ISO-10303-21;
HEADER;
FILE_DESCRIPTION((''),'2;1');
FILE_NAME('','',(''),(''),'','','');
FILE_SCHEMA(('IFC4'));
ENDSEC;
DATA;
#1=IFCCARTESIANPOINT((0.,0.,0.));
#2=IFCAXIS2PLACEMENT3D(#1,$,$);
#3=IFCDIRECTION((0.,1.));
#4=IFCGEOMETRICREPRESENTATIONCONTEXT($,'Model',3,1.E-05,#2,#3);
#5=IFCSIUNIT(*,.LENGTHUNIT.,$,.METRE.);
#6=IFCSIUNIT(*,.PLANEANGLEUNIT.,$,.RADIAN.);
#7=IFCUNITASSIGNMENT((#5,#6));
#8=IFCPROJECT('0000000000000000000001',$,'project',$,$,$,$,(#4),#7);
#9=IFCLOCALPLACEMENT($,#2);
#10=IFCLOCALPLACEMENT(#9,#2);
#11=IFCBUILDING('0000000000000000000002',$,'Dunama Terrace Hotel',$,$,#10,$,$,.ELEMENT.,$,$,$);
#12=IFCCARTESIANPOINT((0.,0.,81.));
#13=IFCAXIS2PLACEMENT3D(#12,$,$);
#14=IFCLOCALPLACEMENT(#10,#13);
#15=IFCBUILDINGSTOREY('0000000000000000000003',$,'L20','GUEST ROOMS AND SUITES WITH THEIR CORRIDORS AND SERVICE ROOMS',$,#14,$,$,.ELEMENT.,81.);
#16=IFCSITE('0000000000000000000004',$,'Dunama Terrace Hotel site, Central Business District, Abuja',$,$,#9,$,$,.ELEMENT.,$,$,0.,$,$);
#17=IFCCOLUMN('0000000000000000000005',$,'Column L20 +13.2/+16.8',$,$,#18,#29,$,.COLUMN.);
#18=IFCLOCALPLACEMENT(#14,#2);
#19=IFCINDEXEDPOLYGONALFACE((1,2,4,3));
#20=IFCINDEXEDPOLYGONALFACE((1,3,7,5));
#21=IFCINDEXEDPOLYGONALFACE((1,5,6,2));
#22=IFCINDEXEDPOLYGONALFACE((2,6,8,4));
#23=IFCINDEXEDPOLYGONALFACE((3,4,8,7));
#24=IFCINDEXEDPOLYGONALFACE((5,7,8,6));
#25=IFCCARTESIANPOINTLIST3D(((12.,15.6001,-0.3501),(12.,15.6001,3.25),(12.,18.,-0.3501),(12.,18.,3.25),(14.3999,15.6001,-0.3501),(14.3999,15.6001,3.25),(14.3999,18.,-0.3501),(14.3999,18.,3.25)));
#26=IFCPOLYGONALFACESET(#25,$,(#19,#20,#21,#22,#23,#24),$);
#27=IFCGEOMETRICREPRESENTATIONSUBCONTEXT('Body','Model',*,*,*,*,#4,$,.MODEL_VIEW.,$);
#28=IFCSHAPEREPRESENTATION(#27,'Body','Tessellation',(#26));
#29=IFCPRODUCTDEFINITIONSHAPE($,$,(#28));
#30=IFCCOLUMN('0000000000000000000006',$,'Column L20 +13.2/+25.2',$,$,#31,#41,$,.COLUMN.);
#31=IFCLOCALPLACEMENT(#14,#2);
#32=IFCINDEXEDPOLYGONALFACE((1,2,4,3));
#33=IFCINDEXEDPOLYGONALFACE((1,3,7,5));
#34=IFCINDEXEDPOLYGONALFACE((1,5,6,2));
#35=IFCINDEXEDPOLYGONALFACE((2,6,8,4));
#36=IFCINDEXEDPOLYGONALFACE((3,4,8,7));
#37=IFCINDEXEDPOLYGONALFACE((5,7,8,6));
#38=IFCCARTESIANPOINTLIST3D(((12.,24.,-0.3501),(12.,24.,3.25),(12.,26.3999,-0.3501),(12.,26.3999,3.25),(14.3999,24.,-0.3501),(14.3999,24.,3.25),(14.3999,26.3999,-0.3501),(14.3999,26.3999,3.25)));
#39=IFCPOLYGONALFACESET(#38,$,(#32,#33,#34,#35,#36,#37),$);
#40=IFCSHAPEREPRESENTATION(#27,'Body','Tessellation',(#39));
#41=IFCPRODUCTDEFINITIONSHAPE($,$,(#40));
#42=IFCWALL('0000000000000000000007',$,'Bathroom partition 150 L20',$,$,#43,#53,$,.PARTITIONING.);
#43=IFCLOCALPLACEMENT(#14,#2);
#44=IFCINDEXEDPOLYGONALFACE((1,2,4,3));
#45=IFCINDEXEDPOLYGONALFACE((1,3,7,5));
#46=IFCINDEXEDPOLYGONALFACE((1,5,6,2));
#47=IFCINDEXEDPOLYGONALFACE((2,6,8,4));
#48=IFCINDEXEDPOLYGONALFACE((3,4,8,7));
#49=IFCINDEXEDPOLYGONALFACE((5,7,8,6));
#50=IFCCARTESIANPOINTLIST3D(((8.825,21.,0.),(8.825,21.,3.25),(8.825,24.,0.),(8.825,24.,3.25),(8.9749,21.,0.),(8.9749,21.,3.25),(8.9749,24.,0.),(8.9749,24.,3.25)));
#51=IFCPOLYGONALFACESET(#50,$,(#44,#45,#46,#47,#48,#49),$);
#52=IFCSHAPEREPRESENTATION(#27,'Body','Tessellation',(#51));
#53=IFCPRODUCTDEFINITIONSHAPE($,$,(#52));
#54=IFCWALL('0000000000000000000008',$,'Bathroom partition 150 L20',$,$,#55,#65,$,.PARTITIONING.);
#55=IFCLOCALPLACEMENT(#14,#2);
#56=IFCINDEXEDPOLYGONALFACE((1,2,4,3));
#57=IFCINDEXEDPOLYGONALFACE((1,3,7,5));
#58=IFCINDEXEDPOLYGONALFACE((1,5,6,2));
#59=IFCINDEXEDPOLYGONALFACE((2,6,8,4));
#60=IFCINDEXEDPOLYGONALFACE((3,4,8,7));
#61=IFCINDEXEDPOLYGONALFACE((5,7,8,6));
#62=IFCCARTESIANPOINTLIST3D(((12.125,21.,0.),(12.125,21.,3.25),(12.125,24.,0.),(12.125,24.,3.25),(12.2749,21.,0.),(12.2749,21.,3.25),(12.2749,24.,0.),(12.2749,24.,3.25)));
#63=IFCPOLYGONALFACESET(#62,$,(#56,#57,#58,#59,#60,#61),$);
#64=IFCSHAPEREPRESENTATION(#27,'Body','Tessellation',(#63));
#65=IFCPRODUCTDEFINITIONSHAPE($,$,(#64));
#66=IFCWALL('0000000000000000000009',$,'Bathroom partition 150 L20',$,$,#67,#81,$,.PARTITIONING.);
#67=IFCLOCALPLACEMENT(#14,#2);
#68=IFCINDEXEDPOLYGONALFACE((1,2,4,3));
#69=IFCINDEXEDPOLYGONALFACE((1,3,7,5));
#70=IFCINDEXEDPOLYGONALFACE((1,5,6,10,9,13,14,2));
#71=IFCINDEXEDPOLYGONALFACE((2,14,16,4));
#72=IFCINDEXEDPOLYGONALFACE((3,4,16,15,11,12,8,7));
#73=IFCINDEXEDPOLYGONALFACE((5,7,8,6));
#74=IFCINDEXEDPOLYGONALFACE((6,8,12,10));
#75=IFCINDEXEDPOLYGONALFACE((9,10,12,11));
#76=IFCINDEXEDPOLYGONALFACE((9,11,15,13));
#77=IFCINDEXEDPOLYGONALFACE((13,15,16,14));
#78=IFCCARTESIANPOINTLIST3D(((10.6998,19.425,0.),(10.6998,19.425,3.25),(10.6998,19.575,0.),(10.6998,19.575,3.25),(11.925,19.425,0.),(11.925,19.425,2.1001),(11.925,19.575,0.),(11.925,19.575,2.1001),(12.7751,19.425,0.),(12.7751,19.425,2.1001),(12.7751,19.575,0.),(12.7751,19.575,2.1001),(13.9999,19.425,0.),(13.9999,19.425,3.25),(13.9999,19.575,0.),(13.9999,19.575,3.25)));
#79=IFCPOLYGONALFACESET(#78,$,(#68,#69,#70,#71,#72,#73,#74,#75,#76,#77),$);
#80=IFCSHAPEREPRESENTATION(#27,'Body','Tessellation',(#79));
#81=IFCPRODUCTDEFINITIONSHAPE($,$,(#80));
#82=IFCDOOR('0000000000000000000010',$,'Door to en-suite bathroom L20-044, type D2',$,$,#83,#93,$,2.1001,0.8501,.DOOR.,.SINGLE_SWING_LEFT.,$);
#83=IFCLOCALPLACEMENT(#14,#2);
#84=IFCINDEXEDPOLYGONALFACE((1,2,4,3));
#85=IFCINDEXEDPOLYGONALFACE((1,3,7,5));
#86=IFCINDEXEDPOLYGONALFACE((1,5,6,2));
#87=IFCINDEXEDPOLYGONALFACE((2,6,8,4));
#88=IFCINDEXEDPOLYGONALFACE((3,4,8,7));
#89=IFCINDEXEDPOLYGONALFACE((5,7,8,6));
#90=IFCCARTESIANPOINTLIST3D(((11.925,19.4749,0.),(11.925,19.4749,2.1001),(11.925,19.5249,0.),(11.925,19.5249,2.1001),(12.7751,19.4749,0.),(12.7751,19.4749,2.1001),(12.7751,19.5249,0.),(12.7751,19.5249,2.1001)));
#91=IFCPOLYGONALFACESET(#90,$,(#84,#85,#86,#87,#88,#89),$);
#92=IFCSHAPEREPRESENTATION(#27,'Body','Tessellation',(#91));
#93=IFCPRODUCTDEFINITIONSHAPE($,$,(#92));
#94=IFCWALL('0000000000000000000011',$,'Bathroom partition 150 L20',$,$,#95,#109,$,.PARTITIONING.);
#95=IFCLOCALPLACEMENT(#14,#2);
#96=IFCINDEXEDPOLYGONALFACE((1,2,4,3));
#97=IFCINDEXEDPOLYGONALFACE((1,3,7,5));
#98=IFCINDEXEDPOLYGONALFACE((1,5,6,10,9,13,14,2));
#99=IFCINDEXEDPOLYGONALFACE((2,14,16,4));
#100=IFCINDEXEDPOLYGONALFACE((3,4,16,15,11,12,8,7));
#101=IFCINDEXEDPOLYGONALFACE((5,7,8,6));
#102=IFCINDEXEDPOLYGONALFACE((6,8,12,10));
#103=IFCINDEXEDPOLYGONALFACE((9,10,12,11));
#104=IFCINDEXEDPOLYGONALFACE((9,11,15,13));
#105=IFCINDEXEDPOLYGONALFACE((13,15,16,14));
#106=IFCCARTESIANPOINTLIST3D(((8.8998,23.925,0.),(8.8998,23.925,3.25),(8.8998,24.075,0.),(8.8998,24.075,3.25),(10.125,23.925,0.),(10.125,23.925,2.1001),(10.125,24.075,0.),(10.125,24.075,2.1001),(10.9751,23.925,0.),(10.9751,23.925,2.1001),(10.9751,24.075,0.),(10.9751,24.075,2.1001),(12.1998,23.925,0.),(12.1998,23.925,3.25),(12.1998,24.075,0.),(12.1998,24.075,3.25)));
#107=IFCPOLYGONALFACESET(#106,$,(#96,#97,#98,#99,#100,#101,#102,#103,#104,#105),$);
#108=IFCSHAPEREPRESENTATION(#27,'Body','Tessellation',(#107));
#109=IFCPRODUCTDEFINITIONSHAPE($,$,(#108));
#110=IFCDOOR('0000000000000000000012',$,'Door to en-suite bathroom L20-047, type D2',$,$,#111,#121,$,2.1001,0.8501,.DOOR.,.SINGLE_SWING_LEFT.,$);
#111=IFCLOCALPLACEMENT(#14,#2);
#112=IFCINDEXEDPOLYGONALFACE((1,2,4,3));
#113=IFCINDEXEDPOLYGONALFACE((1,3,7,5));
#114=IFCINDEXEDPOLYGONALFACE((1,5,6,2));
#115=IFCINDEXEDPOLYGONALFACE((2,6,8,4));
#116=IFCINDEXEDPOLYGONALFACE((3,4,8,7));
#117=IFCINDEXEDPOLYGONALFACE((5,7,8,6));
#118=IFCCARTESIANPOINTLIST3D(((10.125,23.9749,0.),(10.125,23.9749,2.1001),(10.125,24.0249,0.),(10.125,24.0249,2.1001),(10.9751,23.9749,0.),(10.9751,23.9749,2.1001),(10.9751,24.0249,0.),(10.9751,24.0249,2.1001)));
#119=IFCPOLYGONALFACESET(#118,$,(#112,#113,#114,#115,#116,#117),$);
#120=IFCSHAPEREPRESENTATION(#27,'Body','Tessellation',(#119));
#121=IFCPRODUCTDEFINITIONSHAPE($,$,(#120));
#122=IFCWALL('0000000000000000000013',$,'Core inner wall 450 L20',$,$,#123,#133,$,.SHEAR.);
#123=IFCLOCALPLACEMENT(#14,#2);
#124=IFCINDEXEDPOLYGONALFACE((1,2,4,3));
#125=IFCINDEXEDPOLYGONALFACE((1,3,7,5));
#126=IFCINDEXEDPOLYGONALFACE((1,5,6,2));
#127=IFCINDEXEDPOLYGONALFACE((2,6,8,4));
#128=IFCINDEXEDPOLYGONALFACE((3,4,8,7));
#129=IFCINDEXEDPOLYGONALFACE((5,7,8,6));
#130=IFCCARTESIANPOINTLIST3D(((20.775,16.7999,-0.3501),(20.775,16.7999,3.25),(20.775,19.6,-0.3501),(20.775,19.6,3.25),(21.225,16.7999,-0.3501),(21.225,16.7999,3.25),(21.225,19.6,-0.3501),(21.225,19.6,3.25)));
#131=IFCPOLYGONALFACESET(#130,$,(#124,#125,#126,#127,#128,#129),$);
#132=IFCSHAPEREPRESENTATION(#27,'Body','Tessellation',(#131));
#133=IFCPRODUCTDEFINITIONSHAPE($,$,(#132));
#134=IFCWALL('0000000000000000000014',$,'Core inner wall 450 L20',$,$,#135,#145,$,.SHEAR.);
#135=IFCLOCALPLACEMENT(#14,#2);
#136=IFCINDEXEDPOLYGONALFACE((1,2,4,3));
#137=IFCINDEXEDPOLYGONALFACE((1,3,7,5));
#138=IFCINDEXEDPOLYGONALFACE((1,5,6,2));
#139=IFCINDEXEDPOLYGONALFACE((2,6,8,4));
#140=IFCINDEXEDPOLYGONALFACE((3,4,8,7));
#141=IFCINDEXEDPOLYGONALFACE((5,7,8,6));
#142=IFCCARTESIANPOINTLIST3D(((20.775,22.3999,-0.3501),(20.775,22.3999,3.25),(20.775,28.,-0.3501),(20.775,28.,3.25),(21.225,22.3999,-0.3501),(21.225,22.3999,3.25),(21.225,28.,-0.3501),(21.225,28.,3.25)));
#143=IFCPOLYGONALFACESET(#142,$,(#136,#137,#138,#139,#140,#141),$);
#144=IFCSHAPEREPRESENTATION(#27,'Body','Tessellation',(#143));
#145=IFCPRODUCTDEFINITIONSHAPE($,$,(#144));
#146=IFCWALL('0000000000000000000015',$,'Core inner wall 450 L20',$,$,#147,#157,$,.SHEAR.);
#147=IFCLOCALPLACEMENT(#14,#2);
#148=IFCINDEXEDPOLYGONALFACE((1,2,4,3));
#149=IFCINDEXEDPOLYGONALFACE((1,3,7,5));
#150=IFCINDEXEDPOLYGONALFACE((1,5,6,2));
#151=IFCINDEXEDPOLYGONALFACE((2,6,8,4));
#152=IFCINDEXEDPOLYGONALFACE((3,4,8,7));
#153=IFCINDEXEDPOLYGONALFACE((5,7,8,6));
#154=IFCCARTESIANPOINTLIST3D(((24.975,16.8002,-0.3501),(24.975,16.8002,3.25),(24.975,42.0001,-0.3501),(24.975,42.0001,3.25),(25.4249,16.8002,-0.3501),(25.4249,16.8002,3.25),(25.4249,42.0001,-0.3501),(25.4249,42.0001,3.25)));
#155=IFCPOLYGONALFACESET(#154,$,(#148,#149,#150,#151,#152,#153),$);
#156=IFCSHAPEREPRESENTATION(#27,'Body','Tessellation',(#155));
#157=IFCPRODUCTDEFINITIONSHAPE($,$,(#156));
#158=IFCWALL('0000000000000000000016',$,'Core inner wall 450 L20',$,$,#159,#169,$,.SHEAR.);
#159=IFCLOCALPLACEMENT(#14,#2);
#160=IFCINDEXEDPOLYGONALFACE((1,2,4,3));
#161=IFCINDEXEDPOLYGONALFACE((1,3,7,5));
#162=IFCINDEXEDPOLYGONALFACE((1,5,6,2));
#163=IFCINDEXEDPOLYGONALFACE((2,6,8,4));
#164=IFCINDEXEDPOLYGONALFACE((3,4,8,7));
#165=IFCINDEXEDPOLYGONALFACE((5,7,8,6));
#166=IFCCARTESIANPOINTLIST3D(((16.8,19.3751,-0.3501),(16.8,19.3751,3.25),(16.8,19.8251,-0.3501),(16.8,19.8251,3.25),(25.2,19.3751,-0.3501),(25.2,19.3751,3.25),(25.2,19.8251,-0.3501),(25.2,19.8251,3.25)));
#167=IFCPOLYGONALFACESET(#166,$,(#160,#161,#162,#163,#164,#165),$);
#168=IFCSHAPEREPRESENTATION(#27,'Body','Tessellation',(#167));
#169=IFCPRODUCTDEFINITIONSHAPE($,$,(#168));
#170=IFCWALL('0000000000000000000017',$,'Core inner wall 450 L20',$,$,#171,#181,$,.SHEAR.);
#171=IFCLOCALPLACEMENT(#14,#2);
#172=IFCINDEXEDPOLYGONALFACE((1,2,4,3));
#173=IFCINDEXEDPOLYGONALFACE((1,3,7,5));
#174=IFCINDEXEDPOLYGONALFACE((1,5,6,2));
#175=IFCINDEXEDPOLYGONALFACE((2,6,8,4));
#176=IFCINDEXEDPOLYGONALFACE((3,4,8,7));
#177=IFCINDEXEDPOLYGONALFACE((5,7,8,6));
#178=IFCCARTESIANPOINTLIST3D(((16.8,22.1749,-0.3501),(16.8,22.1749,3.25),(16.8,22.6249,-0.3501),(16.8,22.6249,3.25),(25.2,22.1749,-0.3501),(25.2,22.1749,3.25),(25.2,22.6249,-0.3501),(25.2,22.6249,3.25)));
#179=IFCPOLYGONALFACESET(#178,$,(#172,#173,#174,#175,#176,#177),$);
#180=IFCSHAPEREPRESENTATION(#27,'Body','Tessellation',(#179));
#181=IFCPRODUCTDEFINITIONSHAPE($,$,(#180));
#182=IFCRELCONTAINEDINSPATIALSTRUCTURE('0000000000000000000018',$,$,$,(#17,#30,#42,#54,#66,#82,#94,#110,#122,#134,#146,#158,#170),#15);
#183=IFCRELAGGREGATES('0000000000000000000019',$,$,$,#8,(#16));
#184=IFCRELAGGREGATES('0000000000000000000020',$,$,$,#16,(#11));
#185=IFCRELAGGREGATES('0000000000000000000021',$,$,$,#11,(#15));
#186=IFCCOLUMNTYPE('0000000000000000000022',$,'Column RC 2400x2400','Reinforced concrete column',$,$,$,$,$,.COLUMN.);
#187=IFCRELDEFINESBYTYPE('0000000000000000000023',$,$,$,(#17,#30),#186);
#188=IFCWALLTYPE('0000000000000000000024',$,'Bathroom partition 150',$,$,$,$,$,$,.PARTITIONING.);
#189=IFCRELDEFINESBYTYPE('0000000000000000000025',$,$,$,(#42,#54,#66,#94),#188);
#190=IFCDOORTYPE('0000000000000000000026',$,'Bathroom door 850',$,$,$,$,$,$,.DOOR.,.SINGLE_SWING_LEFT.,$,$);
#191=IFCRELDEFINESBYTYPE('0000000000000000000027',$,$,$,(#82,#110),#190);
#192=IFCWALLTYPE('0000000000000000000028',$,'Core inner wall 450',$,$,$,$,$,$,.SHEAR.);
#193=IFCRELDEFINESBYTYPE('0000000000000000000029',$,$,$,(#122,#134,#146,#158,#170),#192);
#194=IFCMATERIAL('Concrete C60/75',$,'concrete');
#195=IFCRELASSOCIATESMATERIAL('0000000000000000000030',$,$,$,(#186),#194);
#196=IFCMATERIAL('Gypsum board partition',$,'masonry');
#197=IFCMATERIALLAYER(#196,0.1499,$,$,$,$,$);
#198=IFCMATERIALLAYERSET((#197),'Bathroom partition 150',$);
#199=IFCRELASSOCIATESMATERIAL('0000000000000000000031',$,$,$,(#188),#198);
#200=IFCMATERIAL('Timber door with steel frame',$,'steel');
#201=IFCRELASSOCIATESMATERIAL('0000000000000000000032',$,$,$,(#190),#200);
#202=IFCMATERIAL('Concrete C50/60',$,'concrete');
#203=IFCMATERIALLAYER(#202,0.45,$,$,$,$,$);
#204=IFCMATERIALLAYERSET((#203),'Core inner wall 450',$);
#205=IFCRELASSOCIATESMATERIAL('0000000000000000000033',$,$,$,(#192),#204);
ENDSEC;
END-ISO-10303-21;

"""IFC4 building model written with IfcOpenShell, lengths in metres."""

from ifc_helpers import new_model, si_unit, direction, frame, frame_2d, origin, origin_2d, place, context, subcontext, project, spatial, rectangle, extrude, material, layer, layer_set, material_profile, profile_set, type_object, element, fill, save


model = new_model("IFC4")

# Units and contexts
model_context = context("Model", 3, precision=1e-05, world=origin(), true_north=direction((0.0, 1.0)))
body_context = subcontext(model_context, "Body", "Model", "MODEL_VIEW")
ifc_project = project(units=[si_unit("LENGTHUNIT", "METRE"), si_unit("PLANEANGLEUNIT", "RADIAN")], contexts=[model_context])

# Site, building, storey
site_placement = place(None, origin())
site = spatial("IfcSite", under=ifc_project, at=site_placement, Name="Dunama Terrace Hotel site, Central Business District, Abuja", CompositionType="ELEMENT", RefElevation=0.0)
building_placement = place(site_placement, origin())
building = spatial("IfcBuilding", under=site, at=building_placement, Name="Dunama Terrace Hotel", CompositionType="ELEMENT")
storey_placement = place(building_placement, frame((0.0, 0.0, 81.0)))
storey = spatial("IfcBuildingStorey", under=building, at=storey_placement, Name="L20", Description="GUEST ROOMS AND SUITES WITH THEIR CORRIDORS AND SERVICE ROOMS", CompositionType="ELEMENT", Elevation=81.0)

# Columns
ifc_material_1 = material(Name="Concrete C60/75", Category="concrete")
ifc_material_profile = material_profile(ifc_material_1, rectangle(XDim=2.3999, YDim=2.3999, at=origin_2d()), Name="RC 2400x2400")
ifc_profile_set = profile_set([ifc_material_profile], Name="Concrete C60/75")
column_type = type_object("IfcColumnType", Name="Column RC 2400x2400", Description="Reinforced concrete column", PredefinedType="COLUMN", material=ifc_profile_set)
for number, where, z_axis, x_axis, name in (
    (1, (13.2, 16.8, -0.3501), (0.0, 0.0, 1.0), (1.0, 0.0, 0.0), "Column L20 +13.2/+16.8"),
    (2, (13.2, 25.2, -0.3501), (0.0, 0.0, 1.0), (1.0, 0.0, 0.0), "Column L20 +13.2/+25.2"),
):
    element("IfcColumn", number, at=place(storey_placement, frame(where, z_axis=z_axis, x_axis=x_axis)), inside=storey, type_object=column_type, Name=name, PredefinedType="COLUMN", context=body_context, shape_type="SweptSolid", body=[
        extrude(rectangle(XDim=2.3999, YDim=2.3999, at=origin_2d()), origin(), (0.0, 0.0, 1.0), 3.6001),
    ])

# Walls
ifc_material_2 = material(Name="Gypsum board partition", Category="masonry")
ifc_layer_1 = layer(ifc_material_2, 0.1499)
ifc_layer_set_1 = layer_set([ifc_layer_1], Name="Bathroom partition 150")
wall_type_1 = type_object("IfcWallType", Name="Bathroom partition 150", PredefinedType="PARTITIONING", material=ifc_layer_set_1)
for number, where, z_axis, x_axis, name in (
    (3, (8.8999, 21.0, 0.0), (0.0, 0.0, 1.0), (0.0, 1.0, 0.0), "Bathroom partition 150 L20"),
    (4, (12.2, 21.0, 0.0), (0.0, 0.0, 1.0), (0.0, 1.0, 0.0), "Bathroom partition 150 L20"),
):
    element("IfcWall", number, at=place(storey_placement, frame(where, z_axis=z_axis, x_axis=x_axis)), inside=storey, type_object=wall_type_1, Name=name, PredefinedType="PARTITIONING", context=body_context, shape_type="SweptSolid", body=[
        extrude(rectangle(XDim=3.0, YDim=0.1499, at=frame_2d((1.5, 0.0))), origin(), (0.0, 0.0, 1.0), 3.25),
    ])

# Walls, openings, doors
wall_1_placement = place(storey_placement, frame((10.7, 19.5, 0.0), z_axis=(0.0, 0.0, 1.0), x_axis=(1.0, 0.0, 0.0)))
wall_1 = element("IfcWall", 5, at=wall_1_placement, inside=storey, type_object=wall_type_1, Name="Bathroom partition 150 L20", PredefinedType="PARTITIONING", context=body_context, shape_type="SweptSolid", body=[
    extrude(rectangle(XDim=3.3, YDim=0.1499, at=frame_2d((1.6499, 0.0))), origin(), (0.0, 0.0, 1.0), 3.25),
])
opening_1_placement = place(wall_1_placement, frame((1.2251, 0.0, 0.0)))
opening_1 = element("IfcOpeningElement", 6, at=opening_1_placement, cuts=wall_1, PredefinedType="OPENING", context=body_context, shape_type="SweptSolid", body=[
    extrude(rectangle(XDim=0.8501, YDim=2.1001, at=frame_2d((0.425, 1.05))), frame((0.0, 0.085, 0.0), z_axis=(0.0, -1.0, 0.0), x_axis=(1.0, 0.0, 0.0)), (0.0, 0.0, 1.0), 0.1699),
])
ifc_material_3 = material(Name="Timber door with steel frame", Category="steel")
door_type_1 = type_object("IfcDoorType", Name="Bathroom door 850", OperationType="SINGLE_SWING_LEFT", PredefinedType="DOOR", material=ifc_material_3)
door_1_placement = place(opening_1_placement, frame((0.8501, 0.0, 0.0), z_axis=(0.0, 0.0, 1.0), x_axis=(-1.0, 0.0, 0.0)))
door_1 = element("IfcDoor", 7, at=door_1_placement, inside=storey, type_object=door_type_1, Name="Door to en-suite bathroom L20-044, type D2", OperationType="SINGLE_SWING_LEFT", OverallHeight=2.1001, OverallWidth=0.8501, PredefinedType="DOOR", context=body_context, shape_type="SweptSolid", body=[
    extrude(rectangle(XDim=0.8501, YDim=2.1001, at=frame_2d((0.425, 1.05))), frame((0.0, 0.0251, 0.0), z_axis=(0.0, -1.0, 0.0), x_axis=(1.0, 0.0, 0.0)), (0.0, 0.0, 1.0), 0.05),
])
fill(opening_1, door_1)
wall_2_placement = place(storey_placement, frame((8.8999, 24.0, 0.0), z_axis=(0.0, 0.0, 1.0), x_axis=(1.0, 0.0, 0.0)))
wall_2 = element("IfcWall", 8, at=wall_2_placement, inside=storey, type_object=wall_type_1, Name="Bathroom partition 150 L20", PredefinedType="PARTITIONING", context=body_context, shape_type="SweptSolid", body=[
    extrude(rectangle(XDim=3.3, YDim=0.1499, at=frame_2d((1.6499, 0.0))), origin(), (0.0, 0.0, 1.0), 3.25),
])
opening_2_placement = place(wall_2_placement, frame((1.2251, 0.0, 0.0)))
opening_2 = element("IfcOpeningElement", 9, at=opening_2_placement, cuts=wall_2, PredefinedType="OPENING", context=body_context, shape_type="SweptSolid", body=[
    extrude(rectangle(XDim=0.8501, YDim=2.1001, at=frame_2d((0.425, 1.05))), frame((0.0, 0.085, 0.0), z_axis=(0.0, -1.0, 0.0), x_axis=(1.0, 0.0, 0.0)), (0.0, 0.0, 1.0), 0.1699),
])
door_2_placement = place(opening_2_placement, frame((0.8501, 0.0, 0.0), z_axis=(0.0, 0.0, 1.0), x_axis=(-1.0, 0.0, 0.0)))
door_2 = element("IfcDoor", 10, at=door_2_placement, inside=storey, type_object=door_type_1, Name="Door to en-suite bathroom L20-047, type D2", OperationType="SINGLE_SWING_LEFT", OverallHeight=2.1001, OverallWidth=0.8501, PredefinedType="DOOR", context=body_context, shape_type="SweptSolid", body=[
    extrude(rectangle(XDim=0.8501, YDim=2.1001, at=frame_2d((0.425, 1.05))), frame((0.0, 0.0251, 0.0), z_axis=(0.0, -1.0, 0.0), x_axis=(1.0, 0.0, 0.0)), (0.0, 0.0, 1.0), 0.05),
])
fill(opening_2, door_2)

# Walls
ifc_material_4 = material(Name="Concrete C50/60", Category="concrete")
ifc_layer_2 = layer(ifc_material_4, 0.45)
ifc_layer_set_2 = layer_set([ifc_layer_2], Name="Core inner wall 450")
wall_type_2 = type_object("IfcWallType", Name="Core inner wall 450", PredefinedType="SHEAR", material=ifc_layer_set_2)
wall_3_placement = place(storey_placement, frame((21.0, 16.8, -0.3501), z_axis=(0.0, 0.0, 1.0), x_axis=(0.0, 1.0, 0.0)))
element("IfcWall", 11, at=wall_3_placement, inside=storey, type_object=wall_type_2, Name="Core inner wall 450 L20", PredefinedType="SHEAR", context=body_context, shape_type="SweptSolid", body=[
    extrude(rectangle(XDim=2.8, YDim=0.45, at=frame_2d((1.3999, 0.0))), origin(), (0.0, 0.0, 1.0), 3.6001),
])
wall_4_placement = place(storey_placement, frame((21.0, 22.3999, -0.3501), z_axis=(0.0, 0.0, 1.0), x_axis=(0.0, 1.0, 0.0)))
element("IfcWall", 12, at=wall_4_placement, inside=storey, type_object=wall_type_2, Name="Core inner wall 450 L20", PredefinedType="SHEAR", context=body_context, shape_type="SweptSolid", body=[
    extrude(rectangle(XDim=5.6001, YDim=0.45, at=frame_2d((2.8, 0.0))), origin(), (0.0, 0.0, 1.0), 3.6001),
])
wall_5_placement = place(storey_placement, frame((25.2, 16.8, -0.3501), z_axis=(0.0, 0.0, 1.0), x_axis=(0.0, 1.0, 0.0)))
element("IfcWall", 13, at=wall_5_placement, inside=storey, type_object=wall_type_2, Name="Core inner wall 450 L20", PredefinedType="SHEAR", context=body_context, shape_type="SweptSolid", body=[
    extrude(rectangle(XDim=25.2, YDim=0.45, at=frame_2d((12.6001, 0.0))), origin(), (0.0, 0.0, 1.0), 3.6001),
])
for number, where, z_axis, x_axis, name in (
    (14, (16.8, 19.6001, -0.3501), (0.0, 0.0, 1.0), (1.0, 0.0, 0.0), "Core inner wall 450 L20"),
    (15, (16.8, 22.3999, -0.3501), (0.0, 0.0, 1.0), (1.0, 0.0, 0.0), "Core inner wall 450 L20"),
):
    element("IfcWall", number, at=place(storey_placement, frame(where, z_axis=z_axis, x_axis=x_axis)), inside=storey, type_object=wall_type_2, Name=name, PredefinedType="SHEAR", context=body_context, shape_type="SweptSolid", body=[
        extrude(rectangle(XDim=8.3999, YDim=0.45, at=frame_2d((4.2, 0.0))), origin(), (0.0, 0.0, 1.0), 3.6001),
    ])

save(model, "model.ifc")
